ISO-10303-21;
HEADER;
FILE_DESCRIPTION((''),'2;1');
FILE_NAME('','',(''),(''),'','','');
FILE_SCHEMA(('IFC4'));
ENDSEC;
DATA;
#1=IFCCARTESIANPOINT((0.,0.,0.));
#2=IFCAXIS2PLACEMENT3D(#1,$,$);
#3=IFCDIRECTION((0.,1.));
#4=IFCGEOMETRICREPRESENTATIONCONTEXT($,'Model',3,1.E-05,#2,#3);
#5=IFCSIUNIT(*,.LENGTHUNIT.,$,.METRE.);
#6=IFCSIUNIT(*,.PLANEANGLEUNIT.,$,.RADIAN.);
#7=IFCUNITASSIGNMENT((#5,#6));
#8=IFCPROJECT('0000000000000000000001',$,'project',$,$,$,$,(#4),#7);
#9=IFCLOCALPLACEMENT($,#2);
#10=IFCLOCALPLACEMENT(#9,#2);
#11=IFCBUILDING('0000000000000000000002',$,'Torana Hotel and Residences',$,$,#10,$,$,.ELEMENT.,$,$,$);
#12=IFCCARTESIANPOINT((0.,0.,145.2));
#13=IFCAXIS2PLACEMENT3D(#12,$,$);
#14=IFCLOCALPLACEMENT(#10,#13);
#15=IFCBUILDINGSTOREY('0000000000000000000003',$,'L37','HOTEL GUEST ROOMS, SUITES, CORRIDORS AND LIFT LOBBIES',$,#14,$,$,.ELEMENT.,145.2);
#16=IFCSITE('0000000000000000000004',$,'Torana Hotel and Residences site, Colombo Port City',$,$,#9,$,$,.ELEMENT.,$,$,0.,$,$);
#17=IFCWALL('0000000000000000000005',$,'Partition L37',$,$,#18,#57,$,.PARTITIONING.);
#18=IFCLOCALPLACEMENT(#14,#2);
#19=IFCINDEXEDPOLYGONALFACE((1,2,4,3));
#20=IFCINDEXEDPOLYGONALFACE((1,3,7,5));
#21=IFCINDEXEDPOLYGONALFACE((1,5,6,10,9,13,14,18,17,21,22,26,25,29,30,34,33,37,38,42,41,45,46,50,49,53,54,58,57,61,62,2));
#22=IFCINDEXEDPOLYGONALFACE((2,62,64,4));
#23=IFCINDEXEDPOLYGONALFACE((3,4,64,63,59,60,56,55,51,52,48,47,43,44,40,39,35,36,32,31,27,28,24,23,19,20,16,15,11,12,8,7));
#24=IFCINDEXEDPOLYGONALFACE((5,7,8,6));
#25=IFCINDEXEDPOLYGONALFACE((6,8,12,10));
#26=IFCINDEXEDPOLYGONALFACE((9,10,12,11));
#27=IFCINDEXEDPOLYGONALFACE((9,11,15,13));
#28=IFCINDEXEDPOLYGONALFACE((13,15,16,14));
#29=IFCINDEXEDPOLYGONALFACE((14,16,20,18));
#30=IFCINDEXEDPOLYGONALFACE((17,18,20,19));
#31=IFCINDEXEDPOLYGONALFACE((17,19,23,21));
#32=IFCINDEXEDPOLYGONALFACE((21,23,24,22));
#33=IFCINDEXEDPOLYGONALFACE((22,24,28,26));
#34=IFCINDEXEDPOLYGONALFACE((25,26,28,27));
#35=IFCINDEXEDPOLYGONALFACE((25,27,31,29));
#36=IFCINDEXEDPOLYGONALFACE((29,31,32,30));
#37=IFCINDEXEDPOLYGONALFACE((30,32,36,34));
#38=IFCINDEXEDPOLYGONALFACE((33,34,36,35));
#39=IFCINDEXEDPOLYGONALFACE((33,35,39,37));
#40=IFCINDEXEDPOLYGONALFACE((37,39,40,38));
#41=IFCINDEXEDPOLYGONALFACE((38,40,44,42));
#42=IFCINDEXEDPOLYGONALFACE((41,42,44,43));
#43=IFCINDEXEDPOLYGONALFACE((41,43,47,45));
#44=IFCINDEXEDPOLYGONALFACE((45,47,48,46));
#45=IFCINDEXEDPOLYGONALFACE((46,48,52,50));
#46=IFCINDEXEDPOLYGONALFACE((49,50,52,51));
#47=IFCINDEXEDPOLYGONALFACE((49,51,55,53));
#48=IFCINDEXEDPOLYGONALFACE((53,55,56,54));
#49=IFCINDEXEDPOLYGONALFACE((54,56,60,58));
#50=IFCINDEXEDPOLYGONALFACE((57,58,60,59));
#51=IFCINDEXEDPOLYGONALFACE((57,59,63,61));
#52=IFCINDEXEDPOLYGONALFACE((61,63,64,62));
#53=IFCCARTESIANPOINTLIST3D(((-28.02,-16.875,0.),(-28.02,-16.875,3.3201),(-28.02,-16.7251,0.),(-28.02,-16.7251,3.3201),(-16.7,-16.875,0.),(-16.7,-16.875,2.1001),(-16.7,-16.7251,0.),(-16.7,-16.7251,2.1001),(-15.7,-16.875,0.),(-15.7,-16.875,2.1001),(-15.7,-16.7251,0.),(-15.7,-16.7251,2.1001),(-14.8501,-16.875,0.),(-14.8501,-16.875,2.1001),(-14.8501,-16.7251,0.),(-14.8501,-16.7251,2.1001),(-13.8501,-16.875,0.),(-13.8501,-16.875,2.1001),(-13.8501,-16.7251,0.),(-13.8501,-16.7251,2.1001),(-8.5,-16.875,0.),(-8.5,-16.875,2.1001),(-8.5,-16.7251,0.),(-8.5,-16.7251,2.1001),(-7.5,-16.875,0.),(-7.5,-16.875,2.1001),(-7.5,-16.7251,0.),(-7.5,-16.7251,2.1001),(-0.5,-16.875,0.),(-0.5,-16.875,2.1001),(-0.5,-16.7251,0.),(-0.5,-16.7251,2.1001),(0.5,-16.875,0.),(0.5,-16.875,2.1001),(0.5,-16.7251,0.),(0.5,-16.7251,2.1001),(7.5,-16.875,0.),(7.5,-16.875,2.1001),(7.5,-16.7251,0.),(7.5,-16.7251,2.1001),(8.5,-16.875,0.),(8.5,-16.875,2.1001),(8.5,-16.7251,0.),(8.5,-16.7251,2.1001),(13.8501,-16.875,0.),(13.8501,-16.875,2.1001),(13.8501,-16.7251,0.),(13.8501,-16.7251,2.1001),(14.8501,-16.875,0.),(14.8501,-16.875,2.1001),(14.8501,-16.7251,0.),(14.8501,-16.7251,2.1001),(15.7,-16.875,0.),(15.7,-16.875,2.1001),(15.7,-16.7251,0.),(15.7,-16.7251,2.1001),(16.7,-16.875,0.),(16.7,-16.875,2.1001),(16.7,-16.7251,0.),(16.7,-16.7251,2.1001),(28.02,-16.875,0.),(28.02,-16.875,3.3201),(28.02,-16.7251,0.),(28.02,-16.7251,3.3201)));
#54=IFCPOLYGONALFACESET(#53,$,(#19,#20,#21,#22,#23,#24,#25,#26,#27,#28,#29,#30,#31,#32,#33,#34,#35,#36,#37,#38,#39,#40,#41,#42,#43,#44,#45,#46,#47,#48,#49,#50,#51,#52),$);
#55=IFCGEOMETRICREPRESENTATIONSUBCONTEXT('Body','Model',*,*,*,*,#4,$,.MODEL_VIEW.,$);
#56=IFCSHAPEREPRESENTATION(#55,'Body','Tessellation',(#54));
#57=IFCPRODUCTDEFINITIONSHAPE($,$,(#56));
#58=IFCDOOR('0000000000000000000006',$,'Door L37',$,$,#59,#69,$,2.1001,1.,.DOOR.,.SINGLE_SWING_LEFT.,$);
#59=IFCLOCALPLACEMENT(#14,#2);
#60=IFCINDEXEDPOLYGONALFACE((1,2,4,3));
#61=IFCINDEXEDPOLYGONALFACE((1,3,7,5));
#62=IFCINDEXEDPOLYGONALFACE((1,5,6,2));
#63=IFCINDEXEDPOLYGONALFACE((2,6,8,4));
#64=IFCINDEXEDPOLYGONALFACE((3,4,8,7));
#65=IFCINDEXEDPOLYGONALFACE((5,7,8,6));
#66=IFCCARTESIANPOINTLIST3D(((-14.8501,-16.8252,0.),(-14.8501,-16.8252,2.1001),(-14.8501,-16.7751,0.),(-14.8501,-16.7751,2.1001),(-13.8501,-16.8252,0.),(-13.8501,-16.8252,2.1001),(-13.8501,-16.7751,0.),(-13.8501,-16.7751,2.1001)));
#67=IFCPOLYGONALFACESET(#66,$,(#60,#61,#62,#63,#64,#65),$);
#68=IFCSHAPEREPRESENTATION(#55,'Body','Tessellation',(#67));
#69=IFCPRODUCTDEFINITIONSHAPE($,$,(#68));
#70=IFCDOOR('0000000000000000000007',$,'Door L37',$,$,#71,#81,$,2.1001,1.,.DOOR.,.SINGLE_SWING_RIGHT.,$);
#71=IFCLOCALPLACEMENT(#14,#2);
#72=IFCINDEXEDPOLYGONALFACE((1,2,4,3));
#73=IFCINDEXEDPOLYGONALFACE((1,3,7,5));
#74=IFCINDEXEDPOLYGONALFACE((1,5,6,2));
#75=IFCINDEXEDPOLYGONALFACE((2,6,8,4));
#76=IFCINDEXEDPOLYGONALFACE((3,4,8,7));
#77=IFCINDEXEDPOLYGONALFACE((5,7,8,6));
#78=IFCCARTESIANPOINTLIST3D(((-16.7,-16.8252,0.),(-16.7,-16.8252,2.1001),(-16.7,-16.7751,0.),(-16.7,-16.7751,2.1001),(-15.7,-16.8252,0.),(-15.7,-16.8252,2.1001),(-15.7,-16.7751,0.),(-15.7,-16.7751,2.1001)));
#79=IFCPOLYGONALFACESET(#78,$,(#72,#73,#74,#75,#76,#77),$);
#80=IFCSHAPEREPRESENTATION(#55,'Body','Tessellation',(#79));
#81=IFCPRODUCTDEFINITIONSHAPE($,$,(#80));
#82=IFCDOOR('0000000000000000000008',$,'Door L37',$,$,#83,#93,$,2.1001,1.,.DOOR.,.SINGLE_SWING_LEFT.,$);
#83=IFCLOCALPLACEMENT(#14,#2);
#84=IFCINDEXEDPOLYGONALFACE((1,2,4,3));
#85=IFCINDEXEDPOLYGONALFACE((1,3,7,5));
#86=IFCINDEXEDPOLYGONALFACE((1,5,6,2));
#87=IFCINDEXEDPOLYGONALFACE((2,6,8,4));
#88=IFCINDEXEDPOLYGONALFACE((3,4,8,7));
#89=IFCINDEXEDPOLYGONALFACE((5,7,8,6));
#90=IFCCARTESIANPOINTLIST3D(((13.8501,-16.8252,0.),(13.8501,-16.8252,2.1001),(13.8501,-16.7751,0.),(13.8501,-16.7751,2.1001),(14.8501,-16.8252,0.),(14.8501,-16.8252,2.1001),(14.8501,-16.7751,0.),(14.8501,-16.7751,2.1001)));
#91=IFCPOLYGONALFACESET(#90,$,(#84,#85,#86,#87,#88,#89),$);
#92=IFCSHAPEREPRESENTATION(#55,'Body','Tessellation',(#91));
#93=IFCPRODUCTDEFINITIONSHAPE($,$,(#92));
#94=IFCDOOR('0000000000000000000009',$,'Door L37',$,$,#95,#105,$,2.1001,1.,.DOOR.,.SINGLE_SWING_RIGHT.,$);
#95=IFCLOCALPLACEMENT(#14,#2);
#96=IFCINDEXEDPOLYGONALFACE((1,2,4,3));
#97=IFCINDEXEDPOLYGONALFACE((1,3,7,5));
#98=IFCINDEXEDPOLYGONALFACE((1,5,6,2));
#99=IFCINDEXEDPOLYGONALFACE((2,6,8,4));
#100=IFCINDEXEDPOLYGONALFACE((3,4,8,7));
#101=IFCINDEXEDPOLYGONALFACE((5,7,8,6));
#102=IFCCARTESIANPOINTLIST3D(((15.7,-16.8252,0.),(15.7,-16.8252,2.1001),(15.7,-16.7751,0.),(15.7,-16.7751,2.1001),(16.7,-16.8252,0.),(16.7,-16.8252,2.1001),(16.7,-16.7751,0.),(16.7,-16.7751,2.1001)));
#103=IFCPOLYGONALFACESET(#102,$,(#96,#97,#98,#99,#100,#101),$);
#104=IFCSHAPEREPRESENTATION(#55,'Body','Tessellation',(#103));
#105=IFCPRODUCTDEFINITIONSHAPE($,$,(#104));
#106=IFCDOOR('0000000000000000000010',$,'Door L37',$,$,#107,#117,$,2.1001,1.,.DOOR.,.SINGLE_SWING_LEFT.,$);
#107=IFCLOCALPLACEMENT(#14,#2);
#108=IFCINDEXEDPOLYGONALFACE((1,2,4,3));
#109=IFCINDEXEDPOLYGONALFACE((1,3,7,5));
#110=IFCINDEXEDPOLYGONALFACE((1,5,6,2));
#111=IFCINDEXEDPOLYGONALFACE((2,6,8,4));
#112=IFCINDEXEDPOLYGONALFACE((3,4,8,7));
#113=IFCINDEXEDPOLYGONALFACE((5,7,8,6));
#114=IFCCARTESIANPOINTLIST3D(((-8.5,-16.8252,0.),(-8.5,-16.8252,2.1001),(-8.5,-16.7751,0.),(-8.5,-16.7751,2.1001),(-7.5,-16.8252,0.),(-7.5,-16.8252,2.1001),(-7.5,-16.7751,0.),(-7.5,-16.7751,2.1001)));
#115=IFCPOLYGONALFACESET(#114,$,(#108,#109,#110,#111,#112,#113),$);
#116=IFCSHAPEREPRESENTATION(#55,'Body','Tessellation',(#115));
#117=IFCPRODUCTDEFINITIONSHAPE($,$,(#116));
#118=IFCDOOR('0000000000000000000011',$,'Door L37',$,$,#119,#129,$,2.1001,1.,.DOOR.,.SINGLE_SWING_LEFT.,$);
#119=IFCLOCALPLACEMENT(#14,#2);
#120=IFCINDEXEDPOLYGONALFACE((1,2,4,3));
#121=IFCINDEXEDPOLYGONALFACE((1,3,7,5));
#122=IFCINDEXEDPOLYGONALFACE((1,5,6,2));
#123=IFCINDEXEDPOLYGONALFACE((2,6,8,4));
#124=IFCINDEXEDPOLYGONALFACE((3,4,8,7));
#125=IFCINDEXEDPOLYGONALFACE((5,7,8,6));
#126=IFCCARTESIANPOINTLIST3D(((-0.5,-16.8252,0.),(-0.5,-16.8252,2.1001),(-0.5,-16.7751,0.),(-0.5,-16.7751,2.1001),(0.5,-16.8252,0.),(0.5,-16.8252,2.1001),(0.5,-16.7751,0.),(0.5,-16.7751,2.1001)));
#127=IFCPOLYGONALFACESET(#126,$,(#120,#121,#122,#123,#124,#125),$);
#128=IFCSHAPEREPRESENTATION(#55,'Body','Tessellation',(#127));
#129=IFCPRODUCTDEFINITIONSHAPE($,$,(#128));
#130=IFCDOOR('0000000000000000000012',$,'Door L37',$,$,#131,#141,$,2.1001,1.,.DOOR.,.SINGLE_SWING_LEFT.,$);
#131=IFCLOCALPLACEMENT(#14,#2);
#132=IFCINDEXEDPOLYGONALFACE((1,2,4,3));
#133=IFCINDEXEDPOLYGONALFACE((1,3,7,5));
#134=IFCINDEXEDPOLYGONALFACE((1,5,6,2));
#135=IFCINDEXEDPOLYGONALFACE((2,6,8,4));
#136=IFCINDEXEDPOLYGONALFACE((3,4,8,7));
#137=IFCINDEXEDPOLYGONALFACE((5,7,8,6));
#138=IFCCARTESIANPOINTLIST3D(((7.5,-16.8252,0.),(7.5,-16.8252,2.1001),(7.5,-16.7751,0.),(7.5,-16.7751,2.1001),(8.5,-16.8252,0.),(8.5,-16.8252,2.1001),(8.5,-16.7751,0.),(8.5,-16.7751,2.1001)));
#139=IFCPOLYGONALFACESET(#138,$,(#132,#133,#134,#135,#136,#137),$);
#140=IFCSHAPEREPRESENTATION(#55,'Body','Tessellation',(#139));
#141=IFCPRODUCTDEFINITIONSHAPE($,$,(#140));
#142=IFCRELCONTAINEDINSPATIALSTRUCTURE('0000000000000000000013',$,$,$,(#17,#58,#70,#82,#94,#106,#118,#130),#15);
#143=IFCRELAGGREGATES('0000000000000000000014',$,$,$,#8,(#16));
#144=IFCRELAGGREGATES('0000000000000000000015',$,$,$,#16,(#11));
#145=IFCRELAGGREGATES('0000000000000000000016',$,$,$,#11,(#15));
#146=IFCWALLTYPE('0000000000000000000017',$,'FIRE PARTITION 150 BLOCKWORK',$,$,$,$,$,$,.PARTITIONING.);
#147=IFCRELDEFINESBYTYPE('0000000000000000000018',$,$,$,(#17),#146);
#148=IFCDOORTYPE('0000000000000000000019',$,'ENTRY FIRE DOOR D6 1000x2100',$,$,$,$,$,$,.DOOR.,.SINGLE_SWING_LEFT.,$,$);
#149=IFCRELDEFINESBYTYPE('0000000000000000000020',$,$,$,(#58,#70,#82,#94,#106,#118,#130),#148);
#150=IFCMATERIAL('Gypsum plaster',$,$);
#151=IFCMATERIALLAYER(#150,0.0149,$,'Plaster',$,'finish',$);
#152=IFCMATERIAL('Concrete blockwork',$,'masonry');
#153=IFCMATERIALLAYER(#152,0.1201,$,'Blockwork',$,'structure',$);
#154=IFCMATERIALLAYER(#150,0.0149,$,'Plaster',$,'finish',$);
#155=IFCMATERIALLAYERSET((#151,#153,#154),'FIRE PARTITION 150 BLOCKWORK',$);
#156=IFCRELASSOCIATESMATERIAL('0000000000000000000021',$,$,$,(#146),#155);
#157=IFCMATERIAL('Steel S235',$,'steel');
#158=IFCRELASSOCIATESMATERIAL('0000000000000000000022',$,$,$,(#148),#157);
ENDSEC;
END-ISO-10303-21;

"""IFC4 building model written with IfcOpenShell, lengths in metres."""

from ifc_helpers import new_model, si_unit, direction, frame, frame_2d, origin, place, context, subcontext, project, spatial, rectangle, extrude, material, layer, layer_set, type_object, element, fill, save


model = new_model("IFC4")

# Units and contexts
model_context = context("Model", 3, precision=1e-05, world=origin(), true_north=direction((0.0, 1.0)))
body_context = subcontext(model_context, "Body", "Model", "MODEL_VIEW")
ifc_project = project(units=[si_unit("LENGTHUNIT", "METRE"), si_unit("PLANEANGLEUNIT", "RADIAN")], contexts=[model_context])

# Site, building, storey
site_placement = place(None, origin())
site = spatial("IfcSite", under=ifc_project, at=site_placement, Name="Torana Hotel and Residences site, Colombo Port City", CompositionType="ELEMENT", RefElevation=0.0)
building_placement = place(site_placement, origin())
building = spatial("IfcBuilding", under=site, at=building_placement, Name="Torana Hotel and Residences", CompositionType="ELEMENT")
storey_placement = place(building_placement, frame((0.0, 0.0, 145.2)))
storey = spatial("IfcBuildingStorey", under=building, at=storey_placement, Name="L37", Description="HOTEL GUEST ROOMS, SUITES, CORRIDORS AND LIFT LOBBIES", CompositionType="ELEMENT", Elevation=145.2)

# Wall, openings, doors
ifc_material_1 = material(Name="Gypsum plaster")
ifc_layer_1 = layer(ifc_material_1, 0.0149, Name="Plaster", Category="finish")
ifc_material_2 = material(Name="Concrete blockwork", Category="masonry")
ifc_layer_2 = layer(ifc_material_2, 0.1201, Name="Blockwork", Category="structure")
ifc_layer_3 = layer(ifc_material_1, 0.0149, Name="Plaster", Category="finish")
ifc_layer_set_1 = layer_set([ifc_layer_1, ifc_layer_2, ifc_layer_3], Name="FIRE PARTITION 150 BLOCKWORK")
wall_type_1 = type_object("IfcWallType", Name="FIRE PARTITION 150 BLOCKWORK", PredefinedType="PARTITIONING", material=ifc_layer_set_1)
wall_1_placement = place(storey_placement, frame((-28.02, -16.8, 0.0), z_axis=(0.0, 0.0, 1.0), x_axis=(1.0, 0.0, 0.0)))
wall_1 = element("IfcWall", 1, at=wall_1_placement, inside=storey, type_object=wall_type_1, Name="Partition L37", PredefinedType="PARTITIONING", context=body_context, shape_type="SweptSolid", body=[
    extrude(rectangle(XDim=56.04, YDim=0.1499, at=frame_2d((28.02, 0.0))), origin(), (0.0, 0.0, 1.0), 3.3201),
])
opening_1_placement = place(wall_1_placement, frame((13.1699, 0.0, 0.0)))
opening_1 = element("IfcOpeningElement", 2, at=opening_1_placement, cuts=wall_1, PredefinedType="OPENING", context=body_context, shape_type="SweptSolid", body=[
    extrude(rectangle(XDim=1.0, YDim=2.1001, at=frame_2d((0.5, 1.05))), frame((0.0, 0.085, 0.0), z_axis=(0.0, -1.0, 0.0), x_axis=(1.0, 0.0, 0.0)), (0.0, 0.0, 1.0), 0.1699),
])
opening_2_placement = place(wall_1_placement, frame((11.3201, 0.0, 0.0)))
opening_2 = element("IfcOpeningElement", 3, at=opening_2_placement, cuts=wall_1, PredefinedType="OPENING", context=body_context, shape_type="SweptSolid", body=[
    extrude(rectangle(XDim=1.0, YDim=2.1001, at=frame_2d((0.5, 1.05))), frame((0.0, 0.085, 0.0), z_axis=(0.0, -1.0, 0.0), x_axis=(1.0, 0.0, 0.0)), (0.0, 0.0, 1.0), 0.1699),
])
opening_3_placement = place(wall_1_placement, frame((41.8701, 0.0, 0.0)))
opening_3 = element("IfcOpeningElement", 4, at=opening_3_placement, cuts=wall_1, PredefinedType="OPENING", context=body_context, shape_type="SweptSolid", body=[
    extrude(rectangle(XDim=1.0, YDim=2.1001, at=frame_2d((0.5, 1.05))), frame((0.0, 0.085, 0.0), z_axis=(0.0, -1.0, 0.0), x_axis=(1.0, 0.0, 0.0)), (0.0, 0.0, 1.0), 0.1699),
])
opening_4_placement = place(wall_1_placement, frame((43.72, 0.0, 0.0)))
opening_4 = element("IfcOpeningElement", 5, at=opening_4_placement, cuts=wall_1, PredefinedType="OPENING", context=body_context, shape_type="SweptSolid", body=[
    extrude(rectangle(XDim=1.0, YDim=2.1001, at=frame_2d((0.5, 1.05))), frame((0.0, 0.085, 0.0), z_axis=(0.0, -1.0, 0.0), x_axis=(1.0, 0.0, 0.0)), (0.0, 0.0, 1.0), 0.1699),
])
opening_5_placement = place(wall_1_placement, frame((19.52, 0.0, 0.0)))
opening_5 = element("IfcOpeningElement", 6, at=opening_5_placement, cuts=wall_1, PredefinedType="OPENING", context=body_context, shape_type="SweptSolid", body=[
    extrude(rectangle(XDim=1.0, YDim=2.1001, at=frame_2d((0.5, 1.05))), frame((0.0, 0.085, 0.0), z_axis=(0.0, -1.0, 0.0), x_axis=(1.0, 0.0, 0.0)), (0.0, 0.0, 1.0), 0.1699),
])
opening_6_placement = place(wall_1_placement, frame((27.52, 0.0, 0.0)))
opening_6 = element("IfcOpeningElement", 7, at=opening_6_placement, cuts=wall_1, PredefinedType="OPENING", context=body_context, shape_type="SweptSolid", body=[
    extrude(rectangle(XDim=1.0, YDim=2.1001, at=frame_2d((0.5, 1.05))), frame((0.0, 0.085, 0.0), z_axis=(0.0, -1.0, 0.0), x_axis=(1.0, 0.0, 0.0)), (0.0, 0.0, 1.0), 0.1699),
])
opening_7_placement = place(wall_1_placement, frame((35.52, 0.0, 0.0)))
opening_7 = element("IfcOpeningElement", 8, at=opening_7_placement, cuts=wall_1, PredefinedType="OPENING", context=body_context, shape_type="SweptSolid", body=[
    extrude(rectangle(XDim=1.0, YDim=2.1001, at=frame_2d((0.5, 1.05))), frame((0.0, 0.085, 0.0), z_axis=(0.0, -1.0, 0.0), x_axis=(1.0, 0.0, 0.0)), (0.0, 0.0, 1.0), 0.1699),
])
ifc_material_3 = material(Name="Steel S235", Category="steel")
door_type_1 = type_object("IfcDoorType", Name="ENTRY FIRE DOOR D6 1000x2100", OperationType="SINGLE_SWING_LEFT", PredefinedType="DOOR", material=ifc_material_3)
door_1_placement = place(opening_1_placement, frame((0.5, 0.0, 0.0), z_axis=(0.0, 0.0, 1.0), x_axis=(-1.0, 0.0, 0.0)))
door_1 = element("IfcDoor", 9, at=door_1_placement, inside=storey, type_object=door_type_1, Name="Door L37", OperationType="SINGLE_SWING_LEFT", OverallHeight=2.1001, OverallWidth=1.0, PredefinedType="DOOR", context=body_context, shape_type="SweptSolid", body=[
    extrude(rectangle(XDim=1.0, YDim=2.1001, at=frame_2d((0.0, 1.05))), frame((0.0, -0.0249, 0.0), z_axis=(0.0, 1.0, 0.0), x_axis=(-1.0, 0.0, 0.0)), (0.0, 0.0, 1.0), 0.05),
])
fill(opening_1, door_1)
door_2_placement = place(opening_2_placement, origin())
door_2 = element("IfcDoor", 10, at=door_2_placement, inside=storey, type_object=door_type_1, Name="Door L37", OperationType="SINGLE_SWING_RIGHT", OverallHeight=2.1001, OverallWidth=1.0, PredefinedType="DOOR", context=body_context, shape_type="SweptSolid", body=[
    extrude(rectangle(XDim=1.0, YDim=2.1001, at=frame_2d((0.5, 1.05))), frame((0.0, 0.0249, 0.0), z_axis=(0.0, -1.0, 0.0), x_axis=(1.0, 0.0, 0.0)), (0.0, 0.0, 1.0), 0.05),
])
fill(opening_2, door_2)
door_3_placement = place(opening_3_placement, frame((0.5, 0.0, 0.0), z_axis=(0.0, 0.0, 1.0), x_axis=(-1.0, 0.0, 0.0)))
door_3 = element("IfcDoor", 11, at=door_3_placement, inside=storey, type_object=door_type_1, Name="Door L37", OperationType="SINGLE_SWING_LEFT", OverallHeight=2.1001, OverallWidth=1.0, PredefinedType="DOOR", context=body_context, shape_type="SweptSolid", body=[
    extrude(rectangle(XDim=1.0, YDim=2.1001, at=frame_2d((0.0, 1.05))), frame((0.0, -0.0249, 0.0), z_axis=(0.0, 1.0, 0.0), x_axis=(-1.0, 0.0, 0.0)), (0.0, 0.0, 1.0), 0.05),
])
fill(opening_3, door_3)
door_4_placement = place(opening_4_placement, origin())
door_4 = element("IfcDoor", 12, at=door_4_placement, inside=storey, type_object=door_type_1, Name="Door L37", OperationType="SINGLE_SWING_RIGHT", OverallHeight=2.1001, OverallWidth=1.0, PredefinedType="DOOR", context=body_context, shape_type="SweptSolid", body=[
    extrude(rectangle(XDim=1.0, YDim=2.1001, at=frame_2d((0.5, 1.05))), frame((0.0, 0.0249, 0.0), z_axis=(0.0, -1.0, 0.0), x_axis=(1.0, 0.0, 0.0)), (0.0, 0.0, 1.0), 0.05),
])
fill(opening_4, door_4)
door_5_placement = place(opening_5_placement, frame((0.5, 0.0, 0.0), z_axis=(0.0, 0.0, 1.0), x_axis=(-1.0, 0.0, 0.0)))
door_5 = element("IfcDoor", 13, at=door_5_placement, inside=storey, type_object=door_type_1, Name="Door L37", OperationType="SINGLE_SWING_LEFT", OverallHeight=2.1001, OverallWidth=1.0, PredefinedType="DOOR", context=body_context, shape_type="SweptSolid", body=[
    extrude(rectangle(XDim=1.0, YDim=2.1001, at=frame_2d((0.0, 1.05))), frame((0.0, -0.0249, 0.0), z_axis=(0.0, 1.0, 0.0), x_axis=(-1.0, 0.0, 0.0)), (0.0, 0.0, 1.0), 0.05),
])
fill(opening_5, door_5)
door_6_placement = place(opening_6_placement, frame((0.5, 0.0, 0.0), z_axis=(0.0, 0.0, 1.0), x_axis=(-1.0, 0.0, 0.0)))
door_6 = element("IfcDoor", 14, at=door_6_placement, inside=storey, type_object=door_type_1, Name="Door L37", OperationType="SINGLE_SWING_LEFT", OverallHeight=2.1001, OverallWidth=1.0, PredefinedType="DOOR", context=body_context, shape_type="SweptSolid", body=[
    extrude(rectangle(XDim=1.0, YDim=2.1001, at=frame_2d((0.0, 1.05))), frame((0.0, -0.0249, 0.0), z_axis=(0.0, 1.0, 0.0), x_axis=(-1.0, 0.0, 0.0)), (0.0, 0.0, 1.0), 0.05),
])
fill(opening_6, door_6)
door_7_placement = place(opening_7_placement, frame((0.5, 0.0, 0.0), z_axis=(0.0, 0.0, 1.0), x_axis=(-1.0, 0.0, 0.0)))
door_7 = element("IfcDoor", 15, at=door_7_placement, inside=storey, type_object=door_type_1, Name="Door L37", OperationType="SINGLE_SWING_LEFT", OverallHeight=2.1001, OverallWidth=1.0, PredefinedType="DOOR", context=body_context, shape_type="SweptSolid", body=[
    extrude(rectangle(XDim=1.0, YDim=2.1001, at=frame_2d((0.0, 1.05))), frame((0.0, -0.0249, 0.0), z_axis=(0.0, 1.0, 0.0), x_axis=(-1.0, 0.0, 0.0)), (0.0, 0.0, 1.0), 0.05),
])
fill(opening_7, door_7)

save(model, "model.ifc")
